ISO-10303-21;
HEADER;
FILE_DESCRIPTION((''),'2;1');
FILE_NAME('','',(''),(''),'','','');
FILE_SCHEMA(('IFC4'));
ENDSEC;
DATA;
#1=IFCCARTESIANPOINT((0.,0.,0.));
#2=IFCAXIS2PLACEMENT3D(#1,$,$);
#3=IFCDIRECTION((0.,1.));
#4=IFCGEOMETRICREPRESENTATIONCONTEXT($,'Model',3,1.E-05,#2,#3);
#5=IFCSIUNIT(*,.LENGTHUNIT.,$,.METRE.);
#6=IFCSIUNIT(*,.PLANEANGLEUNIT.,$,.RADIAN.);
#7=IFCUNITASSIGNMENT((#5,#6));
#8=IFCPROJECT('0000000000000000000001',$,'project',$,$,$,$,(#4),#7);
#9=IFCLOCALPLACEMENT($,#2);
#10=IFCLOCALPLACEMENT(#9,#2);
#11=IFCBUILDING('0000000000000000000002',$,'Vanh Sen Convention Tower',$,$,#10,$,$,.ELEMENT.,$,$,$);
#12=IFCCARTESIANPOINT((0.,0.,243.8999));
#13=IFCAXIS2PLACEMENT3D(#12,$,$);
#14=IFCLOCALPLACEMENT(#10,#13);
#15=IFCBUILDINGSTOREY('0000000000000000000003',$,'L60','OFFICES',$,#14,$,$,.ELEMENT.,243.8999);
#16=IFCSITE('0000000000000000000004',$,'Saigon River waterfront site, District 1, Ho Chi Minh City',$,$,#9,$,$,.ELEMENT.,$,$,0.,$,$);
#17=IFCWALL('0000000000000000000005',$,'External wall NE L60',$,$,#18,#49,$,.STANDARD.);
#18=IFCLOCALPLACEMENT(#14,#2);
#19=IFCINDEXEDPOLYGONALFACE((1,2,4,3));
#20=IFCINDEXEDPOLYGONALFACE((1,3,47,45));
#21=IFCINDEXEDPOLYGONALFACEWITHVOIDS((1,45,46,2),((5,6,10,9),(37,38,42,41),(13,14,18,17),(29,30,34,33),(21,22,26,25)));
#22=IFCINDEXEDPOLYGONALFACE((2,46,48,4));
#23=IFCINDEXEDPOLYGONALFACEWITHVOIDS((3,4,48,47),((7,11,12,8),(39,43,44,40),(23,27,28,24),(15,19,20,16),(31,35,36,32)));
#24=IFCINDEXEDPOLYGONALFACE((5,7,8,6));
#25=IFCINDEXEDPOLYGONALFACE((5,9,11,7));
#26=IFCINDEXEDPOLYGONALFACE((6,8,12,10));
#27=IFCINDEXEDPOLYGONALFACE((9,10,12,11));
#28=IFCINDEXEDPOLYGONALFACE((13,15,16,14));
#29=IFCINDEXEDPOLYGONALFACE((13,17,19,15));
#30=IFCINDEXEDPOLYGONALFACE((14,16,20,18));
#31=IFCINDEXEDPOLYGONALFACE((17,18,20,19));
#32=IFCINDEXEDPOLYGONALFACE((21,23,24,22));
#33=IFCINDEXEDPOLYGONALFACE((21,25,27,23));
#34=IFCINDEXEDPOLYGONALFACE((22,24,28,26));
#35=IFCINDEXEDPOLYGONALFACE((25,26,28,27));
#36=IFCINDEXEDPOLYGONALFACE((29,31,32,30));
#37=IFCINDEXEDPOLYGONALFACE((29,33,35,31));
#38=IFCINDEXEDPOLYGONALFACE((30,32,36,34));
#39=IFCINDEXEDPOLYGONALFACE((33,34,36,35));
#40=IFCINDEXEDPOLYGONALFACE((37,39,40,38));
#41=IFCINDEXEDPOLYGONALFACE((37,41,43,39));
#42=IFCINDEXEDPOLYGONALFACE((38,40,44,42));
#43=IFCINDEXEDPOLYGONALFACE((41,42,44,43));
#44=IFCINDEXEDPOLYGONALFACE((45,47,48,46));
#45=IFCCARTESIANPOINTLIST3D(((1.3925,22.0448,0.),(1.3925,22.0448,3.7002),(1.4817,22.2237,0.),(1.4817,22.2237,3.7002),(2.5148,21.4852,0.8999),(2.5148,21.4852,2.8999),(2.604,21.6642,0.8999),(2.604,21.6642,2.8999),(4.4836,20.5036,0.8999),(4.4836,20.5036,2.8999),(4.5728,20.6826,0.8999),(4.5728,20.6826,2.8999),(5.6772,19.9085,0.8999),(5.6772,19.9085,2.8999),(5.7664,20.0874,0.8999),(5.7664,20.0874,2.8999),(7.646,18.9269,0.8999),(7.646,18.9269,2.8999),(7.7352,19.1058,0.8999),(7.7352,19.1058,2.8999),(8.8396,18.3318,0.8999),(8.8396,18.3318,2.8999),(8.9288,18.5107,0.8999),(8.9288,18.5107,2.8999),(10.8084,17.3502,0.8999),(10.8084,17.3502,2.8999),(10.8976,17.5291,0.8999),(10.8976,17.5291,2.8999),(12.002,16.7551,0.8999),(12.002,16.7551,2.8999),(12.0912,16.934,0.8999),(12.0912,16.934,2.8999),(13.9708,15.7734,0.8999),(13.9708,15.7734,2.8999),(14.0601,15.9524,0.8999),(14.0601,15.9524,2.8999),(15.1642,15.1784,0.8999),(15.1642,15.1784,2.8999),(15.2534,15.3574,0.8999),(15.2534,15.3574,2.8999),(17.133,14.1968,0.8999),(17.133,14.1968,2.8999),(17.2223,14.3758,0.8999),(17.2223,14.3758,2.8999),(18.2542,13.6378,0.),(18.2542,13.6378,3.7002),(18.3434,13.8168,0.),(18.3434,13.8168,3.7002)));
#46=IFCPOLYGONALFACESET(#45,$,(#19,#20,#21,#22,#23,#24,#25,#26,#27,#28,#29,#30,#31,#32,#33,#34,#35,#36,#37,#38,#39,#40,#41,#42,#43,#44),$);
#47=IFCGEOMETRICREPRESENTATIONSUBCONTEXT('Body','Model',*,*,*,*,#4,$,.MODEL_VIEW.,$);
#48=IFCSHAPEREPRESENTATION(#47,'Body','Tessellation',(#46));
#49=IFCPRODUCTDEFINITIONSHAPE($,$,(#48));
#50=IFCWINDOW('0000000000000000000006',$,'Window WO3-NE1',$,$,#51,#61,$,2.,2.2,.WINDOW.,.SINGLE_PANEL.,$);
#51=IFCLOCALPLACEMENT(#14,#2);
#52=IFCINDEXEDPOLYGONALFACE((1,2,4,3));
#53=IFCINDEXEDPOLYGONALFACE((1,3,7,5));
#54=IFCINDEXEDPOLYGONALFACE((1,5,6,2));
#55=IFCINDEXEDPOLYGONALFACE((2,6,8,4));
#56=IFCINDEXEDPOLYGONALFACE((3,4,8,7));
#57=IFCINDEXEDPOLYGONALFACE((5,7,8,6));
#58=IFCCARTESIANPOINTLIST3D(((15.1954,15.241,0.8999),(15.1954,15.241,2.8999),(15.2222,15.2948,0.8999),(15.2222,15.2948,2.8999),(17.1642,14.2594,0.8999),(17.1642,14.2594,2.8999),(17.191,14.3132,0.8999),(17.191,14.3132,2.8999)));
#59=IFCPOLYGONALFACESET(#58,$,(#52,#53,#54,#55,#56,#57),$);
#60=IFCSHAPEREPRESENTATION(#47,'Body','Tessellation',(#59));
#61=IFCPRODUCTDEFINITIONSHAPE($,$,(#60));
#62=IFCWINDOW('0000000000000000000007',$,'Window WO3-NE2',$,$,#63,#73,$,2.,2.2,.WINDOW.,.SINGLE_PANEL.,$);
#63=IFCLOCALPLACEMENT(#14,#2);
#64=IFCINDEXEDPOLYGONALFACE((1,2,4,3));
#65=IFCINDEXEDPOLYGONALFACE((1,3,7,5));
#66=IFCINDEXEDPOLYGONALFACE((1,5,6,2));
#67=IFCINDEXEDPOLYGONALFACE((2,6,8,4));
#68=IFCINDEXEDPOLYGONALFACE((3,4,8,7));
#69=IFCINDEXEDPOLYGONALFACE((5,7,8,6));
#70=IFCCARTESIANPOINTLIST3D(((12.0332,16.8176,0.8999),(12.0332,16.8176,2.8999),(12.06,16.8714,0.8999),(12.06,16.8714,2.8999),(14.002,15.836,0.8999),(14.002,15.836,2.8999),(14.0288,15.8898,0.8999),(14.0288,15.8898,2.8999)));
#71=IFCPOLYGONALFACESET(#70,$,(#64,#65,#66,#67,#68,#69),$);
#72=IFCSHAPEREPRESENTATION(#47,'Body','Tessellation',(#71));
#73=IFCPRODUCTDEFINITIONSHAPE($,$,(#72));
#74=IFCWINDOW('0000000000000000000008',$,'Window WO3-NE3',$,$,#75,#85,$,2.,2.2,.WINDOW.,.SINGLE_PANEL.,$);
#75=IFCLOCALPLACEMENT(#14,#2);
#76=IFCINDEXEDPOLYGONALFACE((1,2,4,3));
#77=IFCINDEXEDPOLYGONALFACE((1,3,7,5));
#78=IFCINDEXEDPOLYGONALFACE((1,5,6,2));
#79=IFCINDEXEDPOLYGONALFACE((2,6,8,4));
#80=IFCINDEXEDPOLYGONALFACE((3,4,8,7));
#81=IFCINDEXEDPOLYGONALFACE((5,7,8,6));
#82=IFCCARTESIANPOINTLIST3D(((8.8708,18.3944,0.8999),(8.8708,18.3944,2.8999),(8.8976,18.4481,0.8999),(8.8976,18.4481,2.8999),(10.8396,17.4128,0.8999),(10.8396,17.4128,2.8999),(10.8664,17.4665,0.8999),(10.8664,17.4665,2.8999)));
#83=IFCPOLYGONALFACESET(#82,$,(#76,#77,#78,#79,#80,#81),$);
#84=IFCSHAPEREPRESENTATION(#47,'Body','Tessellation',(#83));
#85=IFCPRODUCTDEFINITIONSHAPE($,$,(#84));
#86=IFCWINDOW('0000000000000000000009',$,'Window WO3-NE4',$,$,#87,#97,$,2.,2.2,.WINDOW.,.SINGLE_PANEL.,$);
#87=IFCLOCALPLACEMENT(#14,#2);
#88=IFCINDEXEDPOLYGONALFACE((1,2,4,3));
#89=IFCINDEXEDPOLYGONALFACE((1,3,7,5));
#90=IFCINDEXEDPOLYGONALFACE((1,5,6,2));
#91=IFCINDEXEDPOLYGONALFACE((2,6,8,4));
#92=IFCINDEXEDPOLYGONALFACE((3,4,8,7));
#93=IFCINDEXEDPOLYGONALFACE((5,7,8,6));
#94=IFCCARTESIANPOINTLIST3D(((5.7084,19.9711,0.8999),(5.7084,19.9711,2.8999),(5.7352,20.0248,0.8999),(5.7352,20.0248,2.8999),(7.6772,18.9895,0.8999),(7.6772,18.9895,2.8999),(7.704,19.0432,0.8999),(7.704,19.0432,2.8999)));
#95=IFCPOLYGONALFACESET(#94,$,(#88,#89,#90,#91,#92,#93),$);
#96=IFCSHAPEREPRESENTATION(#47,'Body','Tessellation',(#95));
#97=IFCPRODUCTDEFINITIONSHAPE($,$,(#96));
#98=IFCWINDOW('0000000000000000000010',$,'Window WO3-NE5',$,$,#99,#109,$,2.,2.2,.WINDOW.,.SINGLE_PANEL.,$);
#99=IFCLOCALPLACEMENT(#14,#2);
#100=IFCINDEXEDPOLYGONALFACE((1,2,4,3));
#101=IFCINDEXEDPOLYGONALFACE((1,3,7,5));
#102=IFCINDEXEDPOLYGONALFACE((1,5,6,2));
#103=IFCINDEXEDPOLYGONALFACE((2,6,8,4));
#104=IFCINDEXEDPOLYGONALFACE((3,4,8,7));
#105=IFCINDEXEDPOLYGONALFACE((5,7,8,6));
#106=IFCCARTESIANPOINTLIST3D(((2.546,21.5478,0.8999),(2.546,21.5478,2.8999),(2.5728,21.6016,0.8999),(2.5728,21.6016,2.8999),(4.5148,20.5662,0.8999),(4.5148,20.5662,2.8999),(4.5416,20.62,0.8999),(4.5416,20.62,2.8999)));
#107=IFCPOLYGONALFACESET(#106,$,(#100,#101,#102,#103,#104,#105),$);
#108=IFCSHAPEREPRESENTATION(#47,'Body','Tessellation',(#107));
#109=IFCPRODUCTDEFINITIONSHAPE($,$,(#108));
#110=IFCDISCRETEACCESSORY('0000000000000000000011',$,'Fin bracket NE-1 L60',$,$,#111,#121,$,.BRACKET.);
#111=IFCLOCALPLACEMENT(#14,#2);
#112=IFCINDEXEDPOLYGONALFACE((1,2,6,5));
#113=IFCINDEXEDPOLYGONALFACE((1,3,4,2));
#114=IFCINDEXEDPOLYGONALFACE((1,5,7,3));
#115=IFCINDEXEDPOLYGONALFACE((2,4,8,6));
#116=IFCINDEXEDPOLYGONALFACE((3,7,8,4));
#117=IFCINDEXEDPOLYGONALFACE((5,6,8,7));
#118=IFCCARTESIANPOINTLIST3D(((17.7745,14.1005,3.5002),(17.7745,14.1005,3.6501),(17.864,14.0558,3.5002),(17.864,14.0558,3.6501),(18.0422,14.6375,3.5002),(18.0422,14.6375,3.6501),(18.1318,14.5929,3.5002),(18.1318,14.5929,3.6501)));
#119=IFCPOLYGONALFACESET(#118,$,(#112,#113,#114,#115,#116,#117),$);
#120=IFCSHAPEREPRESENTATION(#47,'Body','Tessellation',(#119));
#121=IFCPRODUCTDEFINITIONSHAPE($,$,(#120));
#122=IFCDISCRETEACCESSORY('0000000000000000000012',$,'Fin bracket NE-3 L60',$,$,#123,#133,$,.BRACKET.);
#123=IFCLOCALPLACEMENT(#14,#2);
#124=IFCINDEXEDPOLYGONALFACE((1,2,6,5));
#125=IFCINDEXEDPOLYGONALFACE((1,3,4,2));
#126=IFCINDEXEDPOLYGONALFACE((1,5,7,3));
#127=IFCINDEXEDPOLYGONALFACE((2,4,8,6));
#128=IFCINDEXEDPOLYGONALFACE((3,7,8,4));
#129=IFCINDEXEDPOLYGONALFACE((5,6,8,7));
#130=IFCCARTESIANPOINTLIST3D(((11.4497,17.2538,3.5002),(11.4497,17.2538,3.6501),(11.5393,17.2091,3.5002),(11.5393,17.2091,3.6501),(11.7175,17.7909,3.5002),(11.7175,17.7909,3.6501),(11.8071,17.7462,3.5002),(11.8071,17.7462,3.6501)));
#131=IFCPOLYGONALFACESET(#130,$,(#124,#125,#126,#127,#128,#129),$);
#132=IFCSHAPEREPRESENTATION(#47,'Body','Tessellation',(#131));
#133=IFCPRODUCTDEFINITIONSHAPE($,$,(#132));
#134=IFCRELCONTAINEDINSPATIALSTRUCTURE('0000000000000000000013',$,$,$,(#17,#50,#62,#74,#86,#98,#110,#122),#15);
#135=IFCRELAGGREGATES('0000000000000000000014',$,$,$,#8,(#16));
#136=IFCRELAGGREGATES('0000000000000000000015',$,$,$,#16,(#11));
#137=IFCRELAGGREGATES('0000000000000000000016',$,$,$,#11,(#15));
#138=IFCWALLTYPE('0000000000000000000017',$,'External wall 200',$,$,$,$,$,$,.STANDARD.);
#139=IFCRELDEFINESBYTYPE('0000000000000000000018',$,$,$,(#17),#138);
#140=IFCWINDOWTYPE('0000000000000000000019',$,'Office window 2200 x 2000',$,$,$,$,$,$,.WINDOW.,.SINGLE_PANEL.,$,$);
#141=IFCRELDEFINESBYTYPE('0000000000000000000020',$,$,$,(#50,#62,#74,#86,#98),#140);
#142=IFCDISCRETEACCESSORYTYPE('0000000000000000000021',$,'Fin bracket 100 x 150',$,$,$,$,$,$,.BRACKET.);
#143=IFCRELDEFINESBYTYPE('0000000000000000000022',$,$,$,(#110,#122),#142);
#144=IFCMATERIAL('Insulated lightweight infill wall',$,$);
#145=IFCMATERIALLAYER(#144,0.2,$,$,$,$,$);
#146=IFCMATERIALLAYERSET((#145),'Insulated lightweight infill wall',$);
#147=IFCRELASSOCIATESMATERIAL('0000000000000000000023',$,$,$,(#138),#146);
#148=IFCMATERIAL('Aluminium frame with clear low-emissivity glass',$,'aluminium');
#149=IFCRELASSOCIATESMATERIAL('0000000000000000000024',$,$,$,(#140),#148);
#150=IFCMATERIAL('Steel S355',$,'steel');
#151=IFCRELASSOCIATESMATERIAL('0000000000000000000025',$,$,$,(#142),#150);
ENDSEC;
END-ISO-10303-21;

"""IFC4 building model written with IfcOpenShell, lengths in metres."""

from ifc_helpers import new_model, si_unit, direction, frame, frame_2d, origin, origin_2d, place, context, subcontext, project, spatial, rectangle, extrude, material, layer, layer_set, type_object, element, fill, save


model = new_model("IFC4")

# Units and contexts
model_context = context("Model", 3, precision=1e-05, world=origin(), true_north=direction((0.0, 1.0)))
body_context = subcontext(model_context, "Body", "Model", "MODEL_VIEW")
ifc_project = project(units=[si_unit("LENGTHUNIT", "METRE"), si_unit("PLANEANGLEUNIT", "RADIAN")], contexts=[model_context])

# Site, building, storey
site_placement = place(None, origin())
site = spatial("IfcSite", under=ifc_project, at=site_placement, Name="Saigon River waterfront site, District 1, Ho Chi Minh City", CompositionType="ELEMENT", RefElevation=0.0)
building_placement = place(site_placement, origin())
building = spatial("IfcBuilding", under=site, at=building_placement, Name="Vanh Sen Convention Tower", CompositionType="ELEMENT")
storey_placement = place(building_placement, frame((0.0, 0.0, 243.8999)))
storey = spatial("IfcBuildingStorey", under=building, at=storey_placement, Name="L60", Description="OFFICES", CompositionType="ELEMENT", Elevation=243.8999)

# Shared definitions
ifc_material_1 = material(Name="Insulated lightweight infill wall")
ifc_layer_1 = layer(ifc_material_1, 0.2)
ifc_layer_set_1 = layer_set([ifc_layer_1], Name="Insulated lightweight infill wall")
wall_type_1 = type_object("IfcWallType", Name="External wall 200", PredefinedType="STANDARD", material=ifc_layer_set_1)
ifc_material_2 = material(Name="Aluminium frame with clear low-emissivity glass", Category="aluminium")

# Wall, openings, windows
wall_1_placement = place(storey_placement, frame((18.2988, 13.7273, 0.0), z_axis=(0.0, 0.0, 1.0), x_axis=(-0.894935, 0.446197, 0.0)))
wall_1 = element("IfcWall", 1, at=wall_1_placement, inside=storey, type_object=wall_type_1, Name="External wall NE L60", PredefinedType="STANDARD", context=body_context, shape_type="SweptSolid", body=[
    extrude(rectangle(XDim=18.8413, YDim=0.2, at=frame_2d((9.4207, 0.0))), origin(), (0.0, 0.0, 1.0), 3.7002),
])
opening_1_placement = place(wall_1_placement, frame((1.2527, 0.0, 0.8999)))
opening_1 = element("IfcOpeningElement", 2, at=opening_1_placement, cuts=wall_1, PredefinedType="OPENING", context=body_context, shape_type="SweptSolid", body=[
    extrude(rectangle(XDim=2.2, YDim=2.0, at=frame_2d((1.1001, 1.0))), frame((0.0, 0.1099, 0.0), z_axis=(0.0, -1.0, 0.0), x_axis=(1.0, 0.0, 0.0)), (0.0, 0.0, 1.0), 0.22),
])
opening_2_placement = place(wall_1_placement, frame((4.7861, 0.0, 0.8999)))
opening_2 = element("IfcOpeningElement", 3, at=opening_2_placement, cuts=wall_1, PredefinedType="OPENING", context=body_context, shape_type="SweptSolid", body=[
    extrude(rectangle(XDim=2.2, YDim=2.0, at=frame_2d((1.1001, 1.0))), frame((0.0, 0.1099, 0.0), z_axis=(0.0, -1.0, 0.0), x_axis=(1.0, 0.0, 0.0)), (0.0, 0.0, 1.0), 0.22),
])
opening_3_placement = place(wall_1_placement, frame((8.3198, 0.0, 0.8999)))
opening_3 = element("IfcOpeningElement", 4, at=opening_3_placement, cuts=wall_1, PredefinedType="OPENING", context=body_context, shape_type="SweptSolid", body=[
    extrude(rectangle(XDim=2.2, YDim=2.0, at=frame_2d((1.1001, 1.0))), frame((0.0, 0.1099, 0.0), z_axis=(0.0, -1.0, 0.0), x_axis=(1.0, 0.0, 0.0)), (0.0, 0.0, 1.0), 0.22),
])
opening_4_placement = place(wall_1_placement, frame((11.8535, 0.0, 0.8999)))
opening_4 = element("IfcOpeningElement", 5, at=opening_4_placement, cuts=wall_1, PredefinedType="OPENING", context=body_context, shape_type="SweptSolid", body=[
    extrude(rectangle(XDim=2.2, YDim=2.0, at=frame_2d((1.1001, 1.0))), frame((0.0, 0.1099, 0.0), z_axis=(0.0, -1.0, 0.0), x_axis=(1.0, 0.0, 0.0)), (0.0, 0.0, 1.0), 0.22),
])
opening_5_placement = place(wall_1_placement, frame((15.3872, 0.0, 0.8999)))
opening_5 = element("IfcOpeningElement", 6, at=opening_5_placement, cuts=wall_1, PredefinedType="OPENING", context=body_context, shape_type="SweptSolid", body=[
    extrude(rectangle(XDim=2.2, YDim=2.0, at=frame_2d((1.1001, 1.0))), frame((0.0, 0.1099, 0.0), z_axis=(0.0, -1.0, 0.0), x_axis=(1.0, 0.0, 0.0)), (0.0, 0.0, 1.0), 0.22),
])
window_type_1 = type_object("IfcWindowType", Name="Office window 2200 x 2000", PartitioningType="SINGLE_PANEL", PredefinedType="WINDOW", material=ifc_material_2)
window_1_placement = place(opening_1_placement, origin())
window_1 = element("IfcWindow", 7, at=window_1_placement, inside=storey, type_object=window_type_1, Name="Window WO3-NE1", OverallHeight=2.0, OverallWidth=2.2, PartitioningType="SINGLE_PANEL", PredefinedType="WINDOW", context=body_context, shape_type="SweptSolid", body=[
    extrude(rectangle(XDim=2.2, YDim=2.0, at=frame_2d((1.1001, 1.0))), frame((0.0, 0.03, 0.0), z_axis=(0.0, -1.0, 0.0), x_axis=(1.0, 0.0, 0.0)), (0.0, 0.0, 1.0), 0.0601),
])
fill(opening_1, window_1)
window_2_placement = place(opening_2_placement, origin())
window_2 = element("IfcWindow", 8, at=window_2_placement, inside=storey, type_object=window_type_1, Name="Window WO3-NE2", OverallHeight=2.0, OverallWidth=2.2, PartitioningType="SINGLE_PANEL", PredefinedType="WINDOW", context=body_context, shape_type="SweptSolid", body=[
    extrude(rectangle(XDim=2.2, YDim=2.0, at=frame_2d((1.1001, 1.0))), frame((0.0, 0.03, 0.0), z_axis=(0.0, -1.0, 0.0), x_axis=(1.0, 0.0, 0.0)), (0.0, 0.0, 1.0), 0.0601),
])
fill(opening_2, window_2)
window_3_placement = place(opening_3_placement, origin())
window_3 = element("IfcWindow", 9, at=window_3_placement, inside=storey, type_object=window_type_1, Name="Window WO3-NE3", OverallHeight=2.0, OverallWidth=2.2, PartitioningType="SINGLE_PANEL", PredefinedType="WINDOW", context=body_context, shape_type="SweptSolid", body=[
    extrude(rectangle(XDim=2.2, YDim=2.0, at=frame_2d((1.1001, 1.0))), frame((0.0, 0.03, 0.0), z_axis=(0.0, -1.0, 0.0), x_axis=(1.0, 0.0, 0.0)), (0.0, 0.0, 1.0), 0.0601),
])
fill(opening_3, window_3)
window_4_placement = place(opening_4_placement, origin())
window_4 = element("IfcWindow", 10, at=window_4_placement, inside=storey, type_object=window_type_1, Name="Window WO3-NE4", OverallHeight=2.0, OverallWidth=2.2, PartitioningType="SINGLE_PANEL", PredefinedType="WINDOW", context=body_context, shape_type="SweptSolid", body=[
    extrude(rectangle(XDim=2.2, YDim=2.0, at=frame_2d((1.1001, 1.0))), frame((0.0, 0.03, 0.0), z_axis=(0.0, -1.0, 0.0), x_axis=(1.0, 0.0, 0.0)), (0.0, 0.0, 1.0), 0.0601),
])
fill(opening_4, window_4)
window_5_placement = place(opening_5_placement, origin())
window_5 = element("IfcWindow", 11, at=window_5_placement, inside=storey, type_object=window_type_1, Name="Window WO3-NE5", OverallHeight=2.0, OverallWidth=2.2, PartitioningType="SINGLE_PANEL", PredefinedType="WINDOW", context=body_context, shape_type="SweptSolid", body=[
    extrude(rectangle(XDim=2.2, YDim=2.0, at=frame_2d((1.1001, 1.0))), frame((0.0, 0.03, 0.0), z_axis=(0.0, -1.0, 0.0), x_axis=(1.0, 0.0, 0.0)), (0.0, 0.0, 1.0), 0.0601),
])
fill(opening_5, window_5)

# Discrete accessories
ifc_material_3 = material(Name="Steel S355", Category="steel")
discrete_accessory_type = type_object("IfcDiscreteAccessoryType", Name="Fin bracket 100 x 150", PredefinedType="BRACKET", material=ifc_material_3)
for number, where, z_axis, x_axis, name in (
    (12, (17.9531, 14.3467, 3.5002), (0.0, 0.0, 1.0), (0.446198, 0.894934, 0.0), "Fin bracket NE-1 L60"),
    (13, (11.6284, 17.5, 3.5002), (0.0, 0.0, 1.0), (0.446198, 0.894934, 0.0), "Fin bracket NE-3 L60"),
):
    element("IfcDiscreteAccessory", number, at=place(storey_placement, frame(where, z_axis=z_axis, x_axis=x_axis)), inside=storey, type_object=discrete_accessory_type, Name=name, PredefinedType="BRACKET", context=body_context, shape_type="SweptSolid", body=[
        extrude(rectangle(XDim=0.6001, YDim=0.1001, at=origin_2d()), origin(), (0.0, 0.0, 1.0), 0.1499),
    ])

save(model, "model.ifc")
